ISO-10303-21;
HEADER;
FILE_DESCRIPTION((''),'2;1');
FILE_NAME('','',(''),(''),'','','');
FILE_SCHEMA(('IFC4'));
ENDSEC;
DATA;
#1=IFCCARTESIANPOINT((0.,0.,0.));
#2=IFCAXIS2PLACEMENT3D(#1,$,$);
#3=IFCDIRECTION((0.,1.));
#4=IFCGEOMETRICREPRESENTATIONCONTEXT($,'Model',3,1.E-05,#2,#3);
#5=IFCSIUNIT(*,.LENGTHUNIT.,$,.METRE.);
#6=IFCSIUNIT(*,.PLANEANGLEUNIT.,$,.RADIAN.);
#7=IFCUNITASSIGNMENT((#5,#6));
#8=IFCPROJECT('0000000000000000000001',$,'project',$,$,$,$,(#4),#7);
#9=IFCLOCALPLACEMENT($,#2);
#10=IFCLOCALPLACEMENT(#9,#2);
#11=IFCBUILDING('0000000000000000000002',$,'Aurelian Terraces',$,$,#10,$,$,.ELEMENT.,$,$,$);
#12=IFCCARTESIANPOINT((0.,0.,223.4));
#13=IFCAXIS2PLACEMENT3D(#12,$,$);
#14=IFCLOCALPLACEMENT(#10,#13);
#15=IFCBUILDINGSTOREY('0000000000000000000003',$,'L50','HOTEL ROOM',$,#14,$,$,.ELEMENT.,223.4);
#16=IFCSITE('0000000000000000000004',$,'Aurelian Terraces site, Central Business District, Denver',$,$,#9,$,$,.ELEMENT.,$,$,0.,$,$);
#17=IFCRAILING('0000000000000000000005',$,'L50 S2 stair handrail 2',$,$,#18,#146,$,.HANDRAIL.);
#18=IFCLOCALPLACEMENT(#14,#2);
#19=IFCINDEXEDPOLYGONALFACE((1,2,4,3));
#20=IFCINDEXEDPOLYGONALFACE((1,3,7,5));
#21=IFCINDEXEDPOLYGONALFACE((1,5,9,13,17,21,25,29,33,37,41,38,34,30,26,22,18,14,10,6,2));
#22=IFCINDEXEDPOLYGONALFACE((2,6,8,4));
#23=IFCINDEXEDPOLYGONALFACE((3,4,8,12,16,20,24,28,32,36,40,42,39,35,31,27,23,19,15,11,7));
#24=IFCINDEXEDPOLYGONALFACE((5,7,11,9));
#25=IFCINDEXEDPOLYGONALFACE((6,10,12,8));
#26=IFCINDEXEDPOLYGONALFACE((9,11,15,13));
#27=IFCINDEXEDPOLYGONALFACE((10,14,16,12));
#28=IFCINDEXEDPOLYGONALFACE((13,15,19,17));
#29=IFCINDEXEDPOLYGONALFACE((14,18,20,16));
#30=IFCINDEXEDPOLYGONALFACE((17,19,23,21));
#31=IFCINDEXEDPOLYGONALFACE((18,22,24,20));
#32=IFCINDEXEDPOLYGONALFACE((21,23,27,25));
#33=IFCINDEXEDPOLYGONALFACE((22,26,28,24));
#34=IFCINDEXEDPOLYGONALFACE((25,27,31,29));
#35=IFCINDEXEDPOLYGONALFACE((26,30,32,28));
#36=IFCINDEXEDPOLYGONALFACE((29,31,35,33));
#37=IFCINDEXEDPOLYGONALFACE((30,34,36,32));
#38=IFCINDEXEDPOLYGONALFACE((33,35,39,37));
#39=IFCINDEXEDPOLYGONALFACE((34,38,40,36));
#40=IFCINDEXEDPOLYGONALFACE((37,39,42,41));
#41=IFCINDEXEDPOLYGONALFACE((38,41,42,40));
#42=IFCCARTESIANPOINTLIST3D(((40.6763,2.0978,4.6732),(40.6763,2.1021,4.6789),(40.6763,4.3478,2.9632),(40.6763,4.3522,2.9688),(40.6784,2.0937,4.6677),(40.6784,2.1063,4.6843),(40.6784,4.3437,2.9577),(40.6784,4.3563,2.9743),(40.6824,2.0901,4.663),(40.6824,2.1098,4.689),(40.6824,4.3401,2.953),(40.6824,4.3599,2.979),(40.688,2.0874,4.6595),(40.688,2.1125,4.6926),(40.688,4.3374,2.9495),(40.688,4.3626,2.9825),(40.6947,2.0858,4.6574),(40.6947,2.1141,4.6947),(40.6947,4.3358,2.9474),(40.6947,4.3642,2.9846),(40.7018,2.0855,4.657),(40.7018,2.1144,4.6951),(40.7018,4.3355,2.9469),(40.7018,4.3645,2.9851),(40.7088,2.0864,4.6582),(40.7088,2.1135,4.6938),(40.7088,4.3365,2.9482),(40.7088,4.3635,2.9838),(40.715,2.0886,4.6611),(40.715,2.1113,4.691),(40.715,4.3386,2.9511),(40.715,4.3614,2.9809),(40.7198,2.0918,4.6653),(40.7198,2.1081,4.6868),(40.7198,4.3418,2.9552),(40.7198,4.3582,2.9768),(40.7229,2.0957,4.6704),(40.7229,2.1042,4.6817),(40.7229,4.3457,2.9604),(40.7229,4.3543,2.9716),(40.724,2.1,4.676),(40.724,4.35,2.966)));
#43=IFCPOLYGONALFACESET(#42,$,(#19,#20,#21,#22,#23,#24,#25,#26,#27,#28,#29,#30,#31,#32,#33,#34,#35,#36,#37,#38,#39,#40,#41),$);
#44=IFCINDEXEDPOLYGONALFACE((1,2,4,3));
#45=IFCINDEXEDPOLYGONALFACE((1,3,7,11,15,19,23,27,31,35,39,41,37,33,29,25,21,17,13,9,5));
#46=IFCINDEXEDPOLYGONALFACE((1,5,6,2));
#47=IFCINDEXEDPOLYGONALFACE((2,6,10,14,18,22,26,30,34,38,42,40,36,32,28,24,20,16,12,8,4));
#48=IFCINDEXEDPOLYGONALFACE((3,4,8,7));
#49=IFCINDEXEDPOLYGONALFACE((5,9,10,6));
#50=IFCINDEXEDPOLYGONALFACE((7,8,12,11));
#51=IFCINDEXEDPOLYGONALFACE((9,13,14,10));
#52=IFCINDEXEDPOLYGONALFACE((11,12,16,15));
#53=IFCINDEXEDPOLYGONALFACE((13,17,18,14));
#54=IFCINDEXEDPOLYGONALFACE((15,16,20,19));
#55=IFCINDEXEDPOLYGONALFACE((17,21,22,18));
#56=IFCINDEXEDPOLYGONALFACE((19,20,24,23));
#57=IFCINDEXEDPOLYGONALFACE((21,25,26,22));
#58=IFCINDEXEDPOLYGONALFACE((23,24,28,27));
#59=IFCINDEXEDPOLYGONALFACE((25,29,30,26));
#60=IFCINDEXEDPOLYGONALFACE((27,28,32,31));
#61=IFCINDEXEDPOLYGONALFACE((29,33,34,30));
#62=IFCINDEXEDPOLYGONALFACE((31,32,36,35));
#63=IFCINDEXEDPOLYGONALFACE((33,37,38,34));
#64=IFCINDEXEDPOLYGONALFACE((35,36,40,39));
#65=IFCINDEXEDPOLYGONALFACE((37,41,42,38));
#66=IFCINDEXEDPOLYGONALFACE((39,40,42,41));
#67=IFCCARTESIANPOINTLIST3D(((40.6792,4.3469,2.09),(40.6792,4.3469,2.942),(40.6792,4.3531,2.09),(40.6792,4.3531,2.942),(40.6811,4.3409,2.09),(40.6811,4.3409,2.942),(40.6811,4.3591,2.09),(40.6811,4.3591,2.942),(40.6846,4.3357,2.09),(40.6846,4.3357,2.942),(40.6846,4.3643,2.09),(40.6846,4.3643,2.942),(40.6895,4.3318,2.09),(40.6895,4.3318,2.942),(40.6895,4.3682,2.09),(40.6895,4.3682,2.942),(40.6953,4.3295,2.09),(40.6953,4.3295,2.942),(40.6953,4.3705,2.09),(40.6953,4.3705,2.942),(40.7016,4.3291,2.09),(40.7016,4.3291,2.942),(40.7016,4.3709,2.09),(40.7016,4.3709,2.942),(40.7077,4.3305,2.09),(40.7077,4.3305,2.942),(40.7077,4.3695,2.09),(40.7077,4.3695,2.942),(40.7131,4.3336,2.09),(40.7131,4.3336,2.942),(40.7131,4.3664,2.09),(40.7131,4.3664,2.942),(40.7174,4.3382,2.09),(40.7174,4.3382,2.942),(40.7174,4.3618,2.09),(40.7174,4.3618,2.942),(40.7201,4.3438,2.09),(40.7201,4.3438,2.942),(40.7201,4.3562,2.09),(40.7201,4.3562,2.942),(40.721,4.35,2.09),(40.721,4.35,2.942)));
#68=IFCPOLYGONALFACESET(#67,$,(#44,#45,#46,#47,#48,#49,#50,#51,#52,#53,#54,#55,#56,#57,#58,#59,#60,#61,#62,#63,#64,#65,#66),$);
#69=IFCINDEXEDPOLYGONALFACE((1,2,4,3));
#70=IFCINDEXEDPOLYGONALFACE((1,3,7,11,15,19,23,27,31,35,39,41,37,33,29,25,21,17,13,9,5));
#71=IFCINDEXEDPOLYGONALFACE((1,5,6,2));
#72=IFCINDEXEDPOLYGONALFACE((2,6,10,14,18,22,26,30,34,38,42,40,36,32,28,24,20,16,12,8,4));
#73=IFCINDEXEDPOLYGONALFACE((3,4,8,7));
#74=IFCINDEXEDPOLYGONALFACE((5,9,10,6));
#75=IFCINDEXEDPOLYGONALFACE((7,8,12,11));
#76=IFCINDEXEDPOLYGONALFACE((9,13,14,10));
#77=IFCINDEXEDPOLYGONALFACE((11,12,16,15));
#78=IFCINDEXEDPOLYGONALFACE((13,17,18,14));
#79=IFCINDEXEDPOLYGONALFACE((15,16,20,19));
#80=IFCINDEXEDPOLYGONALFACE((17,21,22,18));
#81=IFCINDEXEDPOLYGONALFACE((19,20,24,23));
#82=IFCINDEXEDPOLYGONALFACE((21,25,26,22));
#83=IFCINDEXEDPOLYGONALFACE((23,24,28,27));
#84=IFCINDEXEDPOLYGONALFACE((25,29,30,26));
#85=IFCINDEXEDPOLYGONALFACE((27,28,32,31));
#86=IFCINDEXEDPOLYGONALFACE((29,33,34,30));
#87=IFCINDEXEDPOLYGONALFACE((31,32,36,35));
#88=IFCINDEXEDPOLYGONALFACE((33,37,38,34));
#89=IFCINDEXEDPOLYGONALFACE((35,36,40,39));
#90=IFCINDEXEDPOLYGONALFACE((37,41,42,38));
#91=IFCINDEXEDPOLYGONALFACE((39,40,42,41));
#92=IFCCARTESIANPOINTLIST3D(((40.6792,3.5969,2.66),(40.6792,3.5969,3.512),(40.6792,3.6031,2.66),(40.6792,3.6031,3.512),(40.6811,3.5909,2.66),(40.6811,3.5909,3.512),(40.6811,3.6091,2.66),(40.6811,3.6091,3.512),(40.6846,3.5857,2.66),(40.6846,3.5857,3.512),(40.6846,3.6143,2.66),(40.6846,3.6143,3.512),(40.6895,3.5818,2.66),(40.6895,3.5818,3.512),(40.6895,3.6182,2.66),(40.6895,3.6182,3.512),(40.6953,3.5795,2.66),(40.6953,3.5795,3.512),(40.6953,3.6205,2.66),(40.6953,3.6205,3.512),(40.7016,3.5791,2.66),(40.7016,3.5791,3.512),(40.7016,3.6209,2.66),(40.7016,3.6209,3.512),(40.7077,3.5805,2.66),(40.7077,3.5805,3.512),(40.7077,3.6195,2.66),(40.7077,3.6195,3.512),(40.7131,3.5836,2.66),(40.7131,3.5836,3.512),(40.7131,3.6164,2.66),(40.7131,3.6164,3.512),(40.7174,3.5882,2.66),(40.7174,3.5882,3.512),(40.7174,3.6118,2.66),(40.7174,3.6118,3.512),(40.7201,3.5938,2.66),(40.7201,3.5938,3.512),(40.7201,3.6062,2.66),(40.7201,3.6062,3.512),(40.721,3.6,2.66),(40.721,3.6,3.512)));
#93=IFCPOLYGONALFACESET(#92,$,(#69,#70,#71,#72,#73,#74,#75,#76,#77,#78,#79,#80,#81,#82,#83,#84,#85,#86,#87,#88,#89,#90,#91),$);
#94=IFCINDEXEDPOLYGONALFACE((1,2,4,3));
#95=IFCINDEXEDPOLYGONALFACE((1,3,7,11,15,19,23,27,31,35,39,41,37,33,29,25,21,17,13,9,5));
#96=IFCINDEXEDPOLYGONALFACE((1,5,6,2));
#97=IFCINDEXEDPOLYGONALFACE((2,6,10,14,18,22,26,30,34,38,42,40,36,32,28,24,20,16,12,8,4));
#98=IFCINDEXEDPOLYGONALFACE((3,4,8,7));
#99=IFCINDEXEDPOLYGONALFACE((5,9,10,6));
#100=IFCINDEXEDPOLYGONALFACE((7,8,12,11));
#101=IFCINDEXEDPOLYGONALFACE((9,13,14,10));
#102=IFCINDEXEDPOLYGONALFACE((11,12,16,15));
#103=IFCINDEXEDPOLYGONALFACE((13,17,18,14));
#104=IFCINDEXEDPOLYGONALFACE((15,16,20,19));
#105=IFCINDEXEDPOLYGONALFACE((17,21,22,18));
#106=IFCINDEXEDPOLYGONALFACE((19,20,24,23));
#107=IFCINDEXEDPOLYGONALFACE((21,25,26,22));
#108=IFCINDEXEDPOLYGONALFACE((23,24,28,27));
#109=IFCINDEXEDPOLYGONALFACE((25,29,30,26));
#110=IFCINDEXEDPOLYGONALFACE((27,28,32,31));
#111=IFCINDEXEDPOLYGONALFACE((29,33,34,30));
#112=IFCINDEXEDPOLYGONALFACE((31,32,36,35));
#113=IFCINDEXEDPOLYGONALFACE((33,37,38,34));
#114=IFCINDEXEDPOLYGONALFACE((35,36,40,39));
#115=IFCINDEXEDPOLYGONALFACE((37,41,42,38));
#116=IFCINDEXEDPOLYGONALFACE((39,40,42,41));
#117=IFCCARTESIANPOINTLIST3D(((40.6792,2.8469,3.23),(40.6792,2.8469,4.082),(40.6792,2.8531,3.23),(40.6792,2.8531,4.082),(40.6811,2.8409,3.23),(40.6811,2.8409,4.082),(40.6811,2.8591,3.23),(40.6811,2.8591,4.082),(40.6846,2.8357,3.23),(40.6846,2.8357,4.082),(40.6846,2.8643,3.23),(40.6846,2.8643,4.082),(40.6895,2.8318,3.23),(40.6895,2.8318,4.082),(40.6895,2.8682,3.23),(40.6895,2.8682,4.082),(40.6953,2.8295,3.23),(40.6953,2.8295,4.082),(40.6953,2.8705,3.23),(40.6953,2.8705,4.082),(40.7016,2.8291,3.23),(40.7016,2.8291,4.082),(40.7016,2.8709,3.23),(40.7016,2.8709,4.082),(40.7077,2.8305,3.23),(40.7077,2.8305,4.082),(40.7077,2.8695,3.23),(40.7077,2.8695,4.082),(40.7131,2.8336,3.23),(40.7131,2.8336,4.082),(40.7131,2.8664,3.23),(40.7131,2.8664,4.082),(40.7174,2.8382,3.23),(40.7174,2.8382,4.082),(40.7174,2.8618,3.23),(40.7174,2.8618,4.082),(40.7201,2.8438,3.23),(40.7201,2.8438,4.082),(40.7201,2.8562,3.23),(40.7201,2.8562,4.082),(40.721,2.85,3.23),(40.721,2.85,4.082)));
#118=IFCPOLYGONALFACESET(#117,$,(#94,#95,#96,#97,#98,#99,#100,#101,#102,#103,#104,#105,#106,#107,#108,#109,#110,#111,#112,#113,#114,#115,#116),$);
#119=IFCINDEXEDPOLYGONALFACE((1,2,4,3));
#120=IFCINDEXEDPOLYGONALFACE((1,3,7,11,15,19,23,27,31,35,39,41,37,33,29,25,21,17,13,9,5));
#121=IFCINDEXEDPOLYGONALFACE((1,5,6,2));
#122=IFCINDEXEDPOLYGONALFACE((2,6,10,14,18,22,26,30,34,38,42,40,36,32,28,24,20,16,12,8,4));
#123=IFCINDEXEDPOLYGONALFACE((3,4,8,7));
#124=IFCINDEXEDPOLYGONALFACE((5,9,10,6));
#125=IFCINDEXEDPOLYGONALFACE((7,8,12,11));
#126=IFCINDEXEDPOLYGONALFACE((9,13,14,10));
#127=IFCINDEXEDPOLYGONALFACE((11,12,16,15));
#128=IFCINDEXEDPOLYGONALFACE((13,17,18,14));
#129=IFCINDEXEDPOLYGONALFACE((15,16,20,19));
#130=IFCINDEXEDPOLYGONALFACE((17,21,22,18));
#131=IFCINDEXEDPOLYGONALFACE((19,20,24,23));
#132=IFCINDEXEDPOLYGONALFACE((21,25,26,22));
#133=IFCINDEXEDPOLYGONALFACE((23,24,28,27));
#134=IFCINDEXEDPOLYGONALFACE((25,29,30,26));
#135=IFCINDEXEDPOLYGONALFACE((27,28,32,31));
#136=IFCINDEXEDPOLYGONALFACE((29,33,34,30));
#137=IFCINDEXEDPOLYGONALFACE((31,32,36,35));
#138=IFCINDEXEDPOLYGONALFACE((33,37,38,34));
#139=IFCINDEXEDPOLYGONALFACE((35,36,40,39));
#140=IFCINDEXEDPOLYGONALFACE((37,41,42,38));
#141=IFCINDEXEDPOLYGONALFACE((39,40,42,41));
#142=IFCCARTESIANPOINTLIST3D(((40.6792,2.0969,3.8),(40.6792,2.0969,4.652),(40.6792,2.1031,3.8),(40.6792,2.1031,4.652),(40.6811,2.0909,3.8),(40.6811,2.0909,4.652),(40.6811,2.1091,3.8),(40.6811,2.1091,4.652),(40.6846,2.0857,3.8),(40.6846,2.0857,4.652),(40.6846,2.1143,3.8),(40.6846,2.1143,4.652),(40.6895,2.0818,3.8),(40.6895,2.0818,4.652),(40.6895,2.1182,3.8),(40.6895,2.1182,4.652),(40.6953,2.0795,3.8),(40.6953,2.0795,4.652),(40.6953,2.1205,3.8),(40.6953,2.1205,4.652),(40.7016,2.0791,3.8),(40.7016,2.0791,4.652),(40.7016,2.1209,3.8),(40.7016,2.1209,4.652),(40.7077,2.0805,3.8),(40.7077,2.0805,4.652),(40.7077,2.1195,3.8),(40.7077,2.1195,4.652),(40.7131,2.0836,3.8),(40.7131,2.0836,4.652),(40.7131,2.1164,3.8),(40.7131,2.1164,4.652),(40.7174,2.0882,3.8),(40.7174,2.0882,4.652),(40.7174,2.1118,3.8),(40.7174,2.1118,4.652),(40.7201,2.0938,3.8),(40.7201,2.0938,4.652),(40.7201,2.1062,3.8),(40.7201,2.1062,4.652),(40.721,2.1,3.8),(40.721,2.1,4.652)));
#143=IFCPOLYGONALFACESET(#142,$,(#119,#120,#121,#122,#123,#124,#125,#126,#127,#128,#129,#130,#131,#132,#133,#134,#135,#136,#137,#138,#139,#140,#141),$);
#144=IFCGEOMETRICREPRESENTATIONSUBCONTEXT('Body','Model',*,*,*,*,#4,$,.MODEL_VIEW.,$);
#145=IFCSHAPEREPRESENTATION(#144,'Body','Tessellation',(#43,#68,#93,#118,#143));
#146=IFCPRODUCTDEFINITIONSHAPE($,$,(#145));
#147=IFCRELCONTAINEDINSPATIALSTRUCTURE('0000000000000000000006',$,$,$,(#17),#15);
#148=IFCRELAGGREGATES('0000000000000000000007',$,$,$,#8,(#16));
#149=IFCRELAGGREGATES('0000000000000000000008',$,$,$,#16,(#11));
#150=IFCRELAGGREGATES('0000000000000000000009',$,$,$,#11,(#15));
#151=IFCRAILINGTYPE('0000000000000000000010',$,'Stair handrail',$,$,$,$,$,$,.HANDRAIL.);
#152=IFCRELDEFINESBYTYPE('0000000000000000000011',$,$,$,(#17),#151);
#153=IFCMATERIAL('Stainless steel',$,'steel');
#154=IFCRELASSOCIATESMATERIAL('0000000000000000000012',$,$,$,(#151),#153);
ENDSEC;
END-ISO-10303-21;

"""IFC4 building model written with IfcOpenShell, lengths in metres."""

from ifc_helpers import new_model, si_unit, direction, frame, origin, origin_2d, place, context, subcontext, project, spatial, circle, extrude, source, transform, mapped, material, type_object, element, save


model = new_model("IFC4")

# Units and contexts
model_context = context("Model", 3, precision=1e-05, world=origin(), true_north=direction((0.0, 1.0)))
body_context = subcontext(model_context, "Body", "Model", "MODEL_VIEW")
ifc_project = project(units=[si_unit("LENGTHUNIT", "METRE"), si_unit("PLANEANGLEUNIT", "RADIAN")], contexts=[model_context])

# Site, building, storey
site_placement = place(None, origin())
site = spatial("IfcSite", under=ifc_project, at=site_placement, Name="Aurelian Terraces site, Central Business District, Denver", CompositionType="ELEMENT", RefElevation=0.0)
building_placement = place(site_placement, origin())
building = spatial("IfcBuilding", under=site, at=building_placement, Name="Aurelian Terraces", CompositionType="ELEMENT")
storey_placement = place(building_placement, frame((0.0, 0.0, 223.4)))
storey = spatial("IfcBuildingStorey", under=building, at=storey_placement, Name="L50", Description="HOTEL ROOM", CompositionType="ELEMENT", Elevation=223.4)

# Railing
ifc_material_1 = material(Name="Stainless steel", Category="steel")
railing_type = type_object("IfcRailingType", Name="Stair handrail", PredefinedType="HANDRAIL", material=ifc_material_1)
shared_shape_1 = source(origin(), body_context, "Body", "SweptSolid", [
    extrude(circle(Radius=0.024, at=origin_2d()), frame((0.0, 0.0, 0.876), z_axis=(0.0, -0.796162, 0.605083), x_axis=(1.0, 0.0, 0.0)), (0.0, 0.0, 1.0), 2.8261),
    extrude(circle(Radius=0.021, at=origin_2d()), origin(), (0.0, 0.0, 1.0), 0.852),
    extrude(circle(Radius=0.021, at=origin_2d()), frame((0.0, -0.75, 0.57)), (0.0, 0.0, 1.0), 0.852),
    extrude(circle(Radius=0.021, at=origin_2d()), frame((0.0, -1.5, 1.14)), (0.0, 0.0, 1.0), 0.852),
    extrude(circle(Radius=0.021, at=origin_2d()), frame((0.0, -2.25, 1.71)), (0.0, 0.0, 1.0), 0.852),
])
railing_placement = place(storey_placement, frame((40.7, 4.35, 2.09)))
element("IfcRailing", 1, at=railing_placement, inside=storey, type_object=railing_type, Name="L50 S2 stair handrail 2", PredefinedType="HANDRAIL", context=body_context, shape_type="MappedRepresentation", body=[
    mapped(shared_shape_1, transform((0.0, 0.0, 0.0), scale=1.0)),
])

save(model, "model.ifc")
